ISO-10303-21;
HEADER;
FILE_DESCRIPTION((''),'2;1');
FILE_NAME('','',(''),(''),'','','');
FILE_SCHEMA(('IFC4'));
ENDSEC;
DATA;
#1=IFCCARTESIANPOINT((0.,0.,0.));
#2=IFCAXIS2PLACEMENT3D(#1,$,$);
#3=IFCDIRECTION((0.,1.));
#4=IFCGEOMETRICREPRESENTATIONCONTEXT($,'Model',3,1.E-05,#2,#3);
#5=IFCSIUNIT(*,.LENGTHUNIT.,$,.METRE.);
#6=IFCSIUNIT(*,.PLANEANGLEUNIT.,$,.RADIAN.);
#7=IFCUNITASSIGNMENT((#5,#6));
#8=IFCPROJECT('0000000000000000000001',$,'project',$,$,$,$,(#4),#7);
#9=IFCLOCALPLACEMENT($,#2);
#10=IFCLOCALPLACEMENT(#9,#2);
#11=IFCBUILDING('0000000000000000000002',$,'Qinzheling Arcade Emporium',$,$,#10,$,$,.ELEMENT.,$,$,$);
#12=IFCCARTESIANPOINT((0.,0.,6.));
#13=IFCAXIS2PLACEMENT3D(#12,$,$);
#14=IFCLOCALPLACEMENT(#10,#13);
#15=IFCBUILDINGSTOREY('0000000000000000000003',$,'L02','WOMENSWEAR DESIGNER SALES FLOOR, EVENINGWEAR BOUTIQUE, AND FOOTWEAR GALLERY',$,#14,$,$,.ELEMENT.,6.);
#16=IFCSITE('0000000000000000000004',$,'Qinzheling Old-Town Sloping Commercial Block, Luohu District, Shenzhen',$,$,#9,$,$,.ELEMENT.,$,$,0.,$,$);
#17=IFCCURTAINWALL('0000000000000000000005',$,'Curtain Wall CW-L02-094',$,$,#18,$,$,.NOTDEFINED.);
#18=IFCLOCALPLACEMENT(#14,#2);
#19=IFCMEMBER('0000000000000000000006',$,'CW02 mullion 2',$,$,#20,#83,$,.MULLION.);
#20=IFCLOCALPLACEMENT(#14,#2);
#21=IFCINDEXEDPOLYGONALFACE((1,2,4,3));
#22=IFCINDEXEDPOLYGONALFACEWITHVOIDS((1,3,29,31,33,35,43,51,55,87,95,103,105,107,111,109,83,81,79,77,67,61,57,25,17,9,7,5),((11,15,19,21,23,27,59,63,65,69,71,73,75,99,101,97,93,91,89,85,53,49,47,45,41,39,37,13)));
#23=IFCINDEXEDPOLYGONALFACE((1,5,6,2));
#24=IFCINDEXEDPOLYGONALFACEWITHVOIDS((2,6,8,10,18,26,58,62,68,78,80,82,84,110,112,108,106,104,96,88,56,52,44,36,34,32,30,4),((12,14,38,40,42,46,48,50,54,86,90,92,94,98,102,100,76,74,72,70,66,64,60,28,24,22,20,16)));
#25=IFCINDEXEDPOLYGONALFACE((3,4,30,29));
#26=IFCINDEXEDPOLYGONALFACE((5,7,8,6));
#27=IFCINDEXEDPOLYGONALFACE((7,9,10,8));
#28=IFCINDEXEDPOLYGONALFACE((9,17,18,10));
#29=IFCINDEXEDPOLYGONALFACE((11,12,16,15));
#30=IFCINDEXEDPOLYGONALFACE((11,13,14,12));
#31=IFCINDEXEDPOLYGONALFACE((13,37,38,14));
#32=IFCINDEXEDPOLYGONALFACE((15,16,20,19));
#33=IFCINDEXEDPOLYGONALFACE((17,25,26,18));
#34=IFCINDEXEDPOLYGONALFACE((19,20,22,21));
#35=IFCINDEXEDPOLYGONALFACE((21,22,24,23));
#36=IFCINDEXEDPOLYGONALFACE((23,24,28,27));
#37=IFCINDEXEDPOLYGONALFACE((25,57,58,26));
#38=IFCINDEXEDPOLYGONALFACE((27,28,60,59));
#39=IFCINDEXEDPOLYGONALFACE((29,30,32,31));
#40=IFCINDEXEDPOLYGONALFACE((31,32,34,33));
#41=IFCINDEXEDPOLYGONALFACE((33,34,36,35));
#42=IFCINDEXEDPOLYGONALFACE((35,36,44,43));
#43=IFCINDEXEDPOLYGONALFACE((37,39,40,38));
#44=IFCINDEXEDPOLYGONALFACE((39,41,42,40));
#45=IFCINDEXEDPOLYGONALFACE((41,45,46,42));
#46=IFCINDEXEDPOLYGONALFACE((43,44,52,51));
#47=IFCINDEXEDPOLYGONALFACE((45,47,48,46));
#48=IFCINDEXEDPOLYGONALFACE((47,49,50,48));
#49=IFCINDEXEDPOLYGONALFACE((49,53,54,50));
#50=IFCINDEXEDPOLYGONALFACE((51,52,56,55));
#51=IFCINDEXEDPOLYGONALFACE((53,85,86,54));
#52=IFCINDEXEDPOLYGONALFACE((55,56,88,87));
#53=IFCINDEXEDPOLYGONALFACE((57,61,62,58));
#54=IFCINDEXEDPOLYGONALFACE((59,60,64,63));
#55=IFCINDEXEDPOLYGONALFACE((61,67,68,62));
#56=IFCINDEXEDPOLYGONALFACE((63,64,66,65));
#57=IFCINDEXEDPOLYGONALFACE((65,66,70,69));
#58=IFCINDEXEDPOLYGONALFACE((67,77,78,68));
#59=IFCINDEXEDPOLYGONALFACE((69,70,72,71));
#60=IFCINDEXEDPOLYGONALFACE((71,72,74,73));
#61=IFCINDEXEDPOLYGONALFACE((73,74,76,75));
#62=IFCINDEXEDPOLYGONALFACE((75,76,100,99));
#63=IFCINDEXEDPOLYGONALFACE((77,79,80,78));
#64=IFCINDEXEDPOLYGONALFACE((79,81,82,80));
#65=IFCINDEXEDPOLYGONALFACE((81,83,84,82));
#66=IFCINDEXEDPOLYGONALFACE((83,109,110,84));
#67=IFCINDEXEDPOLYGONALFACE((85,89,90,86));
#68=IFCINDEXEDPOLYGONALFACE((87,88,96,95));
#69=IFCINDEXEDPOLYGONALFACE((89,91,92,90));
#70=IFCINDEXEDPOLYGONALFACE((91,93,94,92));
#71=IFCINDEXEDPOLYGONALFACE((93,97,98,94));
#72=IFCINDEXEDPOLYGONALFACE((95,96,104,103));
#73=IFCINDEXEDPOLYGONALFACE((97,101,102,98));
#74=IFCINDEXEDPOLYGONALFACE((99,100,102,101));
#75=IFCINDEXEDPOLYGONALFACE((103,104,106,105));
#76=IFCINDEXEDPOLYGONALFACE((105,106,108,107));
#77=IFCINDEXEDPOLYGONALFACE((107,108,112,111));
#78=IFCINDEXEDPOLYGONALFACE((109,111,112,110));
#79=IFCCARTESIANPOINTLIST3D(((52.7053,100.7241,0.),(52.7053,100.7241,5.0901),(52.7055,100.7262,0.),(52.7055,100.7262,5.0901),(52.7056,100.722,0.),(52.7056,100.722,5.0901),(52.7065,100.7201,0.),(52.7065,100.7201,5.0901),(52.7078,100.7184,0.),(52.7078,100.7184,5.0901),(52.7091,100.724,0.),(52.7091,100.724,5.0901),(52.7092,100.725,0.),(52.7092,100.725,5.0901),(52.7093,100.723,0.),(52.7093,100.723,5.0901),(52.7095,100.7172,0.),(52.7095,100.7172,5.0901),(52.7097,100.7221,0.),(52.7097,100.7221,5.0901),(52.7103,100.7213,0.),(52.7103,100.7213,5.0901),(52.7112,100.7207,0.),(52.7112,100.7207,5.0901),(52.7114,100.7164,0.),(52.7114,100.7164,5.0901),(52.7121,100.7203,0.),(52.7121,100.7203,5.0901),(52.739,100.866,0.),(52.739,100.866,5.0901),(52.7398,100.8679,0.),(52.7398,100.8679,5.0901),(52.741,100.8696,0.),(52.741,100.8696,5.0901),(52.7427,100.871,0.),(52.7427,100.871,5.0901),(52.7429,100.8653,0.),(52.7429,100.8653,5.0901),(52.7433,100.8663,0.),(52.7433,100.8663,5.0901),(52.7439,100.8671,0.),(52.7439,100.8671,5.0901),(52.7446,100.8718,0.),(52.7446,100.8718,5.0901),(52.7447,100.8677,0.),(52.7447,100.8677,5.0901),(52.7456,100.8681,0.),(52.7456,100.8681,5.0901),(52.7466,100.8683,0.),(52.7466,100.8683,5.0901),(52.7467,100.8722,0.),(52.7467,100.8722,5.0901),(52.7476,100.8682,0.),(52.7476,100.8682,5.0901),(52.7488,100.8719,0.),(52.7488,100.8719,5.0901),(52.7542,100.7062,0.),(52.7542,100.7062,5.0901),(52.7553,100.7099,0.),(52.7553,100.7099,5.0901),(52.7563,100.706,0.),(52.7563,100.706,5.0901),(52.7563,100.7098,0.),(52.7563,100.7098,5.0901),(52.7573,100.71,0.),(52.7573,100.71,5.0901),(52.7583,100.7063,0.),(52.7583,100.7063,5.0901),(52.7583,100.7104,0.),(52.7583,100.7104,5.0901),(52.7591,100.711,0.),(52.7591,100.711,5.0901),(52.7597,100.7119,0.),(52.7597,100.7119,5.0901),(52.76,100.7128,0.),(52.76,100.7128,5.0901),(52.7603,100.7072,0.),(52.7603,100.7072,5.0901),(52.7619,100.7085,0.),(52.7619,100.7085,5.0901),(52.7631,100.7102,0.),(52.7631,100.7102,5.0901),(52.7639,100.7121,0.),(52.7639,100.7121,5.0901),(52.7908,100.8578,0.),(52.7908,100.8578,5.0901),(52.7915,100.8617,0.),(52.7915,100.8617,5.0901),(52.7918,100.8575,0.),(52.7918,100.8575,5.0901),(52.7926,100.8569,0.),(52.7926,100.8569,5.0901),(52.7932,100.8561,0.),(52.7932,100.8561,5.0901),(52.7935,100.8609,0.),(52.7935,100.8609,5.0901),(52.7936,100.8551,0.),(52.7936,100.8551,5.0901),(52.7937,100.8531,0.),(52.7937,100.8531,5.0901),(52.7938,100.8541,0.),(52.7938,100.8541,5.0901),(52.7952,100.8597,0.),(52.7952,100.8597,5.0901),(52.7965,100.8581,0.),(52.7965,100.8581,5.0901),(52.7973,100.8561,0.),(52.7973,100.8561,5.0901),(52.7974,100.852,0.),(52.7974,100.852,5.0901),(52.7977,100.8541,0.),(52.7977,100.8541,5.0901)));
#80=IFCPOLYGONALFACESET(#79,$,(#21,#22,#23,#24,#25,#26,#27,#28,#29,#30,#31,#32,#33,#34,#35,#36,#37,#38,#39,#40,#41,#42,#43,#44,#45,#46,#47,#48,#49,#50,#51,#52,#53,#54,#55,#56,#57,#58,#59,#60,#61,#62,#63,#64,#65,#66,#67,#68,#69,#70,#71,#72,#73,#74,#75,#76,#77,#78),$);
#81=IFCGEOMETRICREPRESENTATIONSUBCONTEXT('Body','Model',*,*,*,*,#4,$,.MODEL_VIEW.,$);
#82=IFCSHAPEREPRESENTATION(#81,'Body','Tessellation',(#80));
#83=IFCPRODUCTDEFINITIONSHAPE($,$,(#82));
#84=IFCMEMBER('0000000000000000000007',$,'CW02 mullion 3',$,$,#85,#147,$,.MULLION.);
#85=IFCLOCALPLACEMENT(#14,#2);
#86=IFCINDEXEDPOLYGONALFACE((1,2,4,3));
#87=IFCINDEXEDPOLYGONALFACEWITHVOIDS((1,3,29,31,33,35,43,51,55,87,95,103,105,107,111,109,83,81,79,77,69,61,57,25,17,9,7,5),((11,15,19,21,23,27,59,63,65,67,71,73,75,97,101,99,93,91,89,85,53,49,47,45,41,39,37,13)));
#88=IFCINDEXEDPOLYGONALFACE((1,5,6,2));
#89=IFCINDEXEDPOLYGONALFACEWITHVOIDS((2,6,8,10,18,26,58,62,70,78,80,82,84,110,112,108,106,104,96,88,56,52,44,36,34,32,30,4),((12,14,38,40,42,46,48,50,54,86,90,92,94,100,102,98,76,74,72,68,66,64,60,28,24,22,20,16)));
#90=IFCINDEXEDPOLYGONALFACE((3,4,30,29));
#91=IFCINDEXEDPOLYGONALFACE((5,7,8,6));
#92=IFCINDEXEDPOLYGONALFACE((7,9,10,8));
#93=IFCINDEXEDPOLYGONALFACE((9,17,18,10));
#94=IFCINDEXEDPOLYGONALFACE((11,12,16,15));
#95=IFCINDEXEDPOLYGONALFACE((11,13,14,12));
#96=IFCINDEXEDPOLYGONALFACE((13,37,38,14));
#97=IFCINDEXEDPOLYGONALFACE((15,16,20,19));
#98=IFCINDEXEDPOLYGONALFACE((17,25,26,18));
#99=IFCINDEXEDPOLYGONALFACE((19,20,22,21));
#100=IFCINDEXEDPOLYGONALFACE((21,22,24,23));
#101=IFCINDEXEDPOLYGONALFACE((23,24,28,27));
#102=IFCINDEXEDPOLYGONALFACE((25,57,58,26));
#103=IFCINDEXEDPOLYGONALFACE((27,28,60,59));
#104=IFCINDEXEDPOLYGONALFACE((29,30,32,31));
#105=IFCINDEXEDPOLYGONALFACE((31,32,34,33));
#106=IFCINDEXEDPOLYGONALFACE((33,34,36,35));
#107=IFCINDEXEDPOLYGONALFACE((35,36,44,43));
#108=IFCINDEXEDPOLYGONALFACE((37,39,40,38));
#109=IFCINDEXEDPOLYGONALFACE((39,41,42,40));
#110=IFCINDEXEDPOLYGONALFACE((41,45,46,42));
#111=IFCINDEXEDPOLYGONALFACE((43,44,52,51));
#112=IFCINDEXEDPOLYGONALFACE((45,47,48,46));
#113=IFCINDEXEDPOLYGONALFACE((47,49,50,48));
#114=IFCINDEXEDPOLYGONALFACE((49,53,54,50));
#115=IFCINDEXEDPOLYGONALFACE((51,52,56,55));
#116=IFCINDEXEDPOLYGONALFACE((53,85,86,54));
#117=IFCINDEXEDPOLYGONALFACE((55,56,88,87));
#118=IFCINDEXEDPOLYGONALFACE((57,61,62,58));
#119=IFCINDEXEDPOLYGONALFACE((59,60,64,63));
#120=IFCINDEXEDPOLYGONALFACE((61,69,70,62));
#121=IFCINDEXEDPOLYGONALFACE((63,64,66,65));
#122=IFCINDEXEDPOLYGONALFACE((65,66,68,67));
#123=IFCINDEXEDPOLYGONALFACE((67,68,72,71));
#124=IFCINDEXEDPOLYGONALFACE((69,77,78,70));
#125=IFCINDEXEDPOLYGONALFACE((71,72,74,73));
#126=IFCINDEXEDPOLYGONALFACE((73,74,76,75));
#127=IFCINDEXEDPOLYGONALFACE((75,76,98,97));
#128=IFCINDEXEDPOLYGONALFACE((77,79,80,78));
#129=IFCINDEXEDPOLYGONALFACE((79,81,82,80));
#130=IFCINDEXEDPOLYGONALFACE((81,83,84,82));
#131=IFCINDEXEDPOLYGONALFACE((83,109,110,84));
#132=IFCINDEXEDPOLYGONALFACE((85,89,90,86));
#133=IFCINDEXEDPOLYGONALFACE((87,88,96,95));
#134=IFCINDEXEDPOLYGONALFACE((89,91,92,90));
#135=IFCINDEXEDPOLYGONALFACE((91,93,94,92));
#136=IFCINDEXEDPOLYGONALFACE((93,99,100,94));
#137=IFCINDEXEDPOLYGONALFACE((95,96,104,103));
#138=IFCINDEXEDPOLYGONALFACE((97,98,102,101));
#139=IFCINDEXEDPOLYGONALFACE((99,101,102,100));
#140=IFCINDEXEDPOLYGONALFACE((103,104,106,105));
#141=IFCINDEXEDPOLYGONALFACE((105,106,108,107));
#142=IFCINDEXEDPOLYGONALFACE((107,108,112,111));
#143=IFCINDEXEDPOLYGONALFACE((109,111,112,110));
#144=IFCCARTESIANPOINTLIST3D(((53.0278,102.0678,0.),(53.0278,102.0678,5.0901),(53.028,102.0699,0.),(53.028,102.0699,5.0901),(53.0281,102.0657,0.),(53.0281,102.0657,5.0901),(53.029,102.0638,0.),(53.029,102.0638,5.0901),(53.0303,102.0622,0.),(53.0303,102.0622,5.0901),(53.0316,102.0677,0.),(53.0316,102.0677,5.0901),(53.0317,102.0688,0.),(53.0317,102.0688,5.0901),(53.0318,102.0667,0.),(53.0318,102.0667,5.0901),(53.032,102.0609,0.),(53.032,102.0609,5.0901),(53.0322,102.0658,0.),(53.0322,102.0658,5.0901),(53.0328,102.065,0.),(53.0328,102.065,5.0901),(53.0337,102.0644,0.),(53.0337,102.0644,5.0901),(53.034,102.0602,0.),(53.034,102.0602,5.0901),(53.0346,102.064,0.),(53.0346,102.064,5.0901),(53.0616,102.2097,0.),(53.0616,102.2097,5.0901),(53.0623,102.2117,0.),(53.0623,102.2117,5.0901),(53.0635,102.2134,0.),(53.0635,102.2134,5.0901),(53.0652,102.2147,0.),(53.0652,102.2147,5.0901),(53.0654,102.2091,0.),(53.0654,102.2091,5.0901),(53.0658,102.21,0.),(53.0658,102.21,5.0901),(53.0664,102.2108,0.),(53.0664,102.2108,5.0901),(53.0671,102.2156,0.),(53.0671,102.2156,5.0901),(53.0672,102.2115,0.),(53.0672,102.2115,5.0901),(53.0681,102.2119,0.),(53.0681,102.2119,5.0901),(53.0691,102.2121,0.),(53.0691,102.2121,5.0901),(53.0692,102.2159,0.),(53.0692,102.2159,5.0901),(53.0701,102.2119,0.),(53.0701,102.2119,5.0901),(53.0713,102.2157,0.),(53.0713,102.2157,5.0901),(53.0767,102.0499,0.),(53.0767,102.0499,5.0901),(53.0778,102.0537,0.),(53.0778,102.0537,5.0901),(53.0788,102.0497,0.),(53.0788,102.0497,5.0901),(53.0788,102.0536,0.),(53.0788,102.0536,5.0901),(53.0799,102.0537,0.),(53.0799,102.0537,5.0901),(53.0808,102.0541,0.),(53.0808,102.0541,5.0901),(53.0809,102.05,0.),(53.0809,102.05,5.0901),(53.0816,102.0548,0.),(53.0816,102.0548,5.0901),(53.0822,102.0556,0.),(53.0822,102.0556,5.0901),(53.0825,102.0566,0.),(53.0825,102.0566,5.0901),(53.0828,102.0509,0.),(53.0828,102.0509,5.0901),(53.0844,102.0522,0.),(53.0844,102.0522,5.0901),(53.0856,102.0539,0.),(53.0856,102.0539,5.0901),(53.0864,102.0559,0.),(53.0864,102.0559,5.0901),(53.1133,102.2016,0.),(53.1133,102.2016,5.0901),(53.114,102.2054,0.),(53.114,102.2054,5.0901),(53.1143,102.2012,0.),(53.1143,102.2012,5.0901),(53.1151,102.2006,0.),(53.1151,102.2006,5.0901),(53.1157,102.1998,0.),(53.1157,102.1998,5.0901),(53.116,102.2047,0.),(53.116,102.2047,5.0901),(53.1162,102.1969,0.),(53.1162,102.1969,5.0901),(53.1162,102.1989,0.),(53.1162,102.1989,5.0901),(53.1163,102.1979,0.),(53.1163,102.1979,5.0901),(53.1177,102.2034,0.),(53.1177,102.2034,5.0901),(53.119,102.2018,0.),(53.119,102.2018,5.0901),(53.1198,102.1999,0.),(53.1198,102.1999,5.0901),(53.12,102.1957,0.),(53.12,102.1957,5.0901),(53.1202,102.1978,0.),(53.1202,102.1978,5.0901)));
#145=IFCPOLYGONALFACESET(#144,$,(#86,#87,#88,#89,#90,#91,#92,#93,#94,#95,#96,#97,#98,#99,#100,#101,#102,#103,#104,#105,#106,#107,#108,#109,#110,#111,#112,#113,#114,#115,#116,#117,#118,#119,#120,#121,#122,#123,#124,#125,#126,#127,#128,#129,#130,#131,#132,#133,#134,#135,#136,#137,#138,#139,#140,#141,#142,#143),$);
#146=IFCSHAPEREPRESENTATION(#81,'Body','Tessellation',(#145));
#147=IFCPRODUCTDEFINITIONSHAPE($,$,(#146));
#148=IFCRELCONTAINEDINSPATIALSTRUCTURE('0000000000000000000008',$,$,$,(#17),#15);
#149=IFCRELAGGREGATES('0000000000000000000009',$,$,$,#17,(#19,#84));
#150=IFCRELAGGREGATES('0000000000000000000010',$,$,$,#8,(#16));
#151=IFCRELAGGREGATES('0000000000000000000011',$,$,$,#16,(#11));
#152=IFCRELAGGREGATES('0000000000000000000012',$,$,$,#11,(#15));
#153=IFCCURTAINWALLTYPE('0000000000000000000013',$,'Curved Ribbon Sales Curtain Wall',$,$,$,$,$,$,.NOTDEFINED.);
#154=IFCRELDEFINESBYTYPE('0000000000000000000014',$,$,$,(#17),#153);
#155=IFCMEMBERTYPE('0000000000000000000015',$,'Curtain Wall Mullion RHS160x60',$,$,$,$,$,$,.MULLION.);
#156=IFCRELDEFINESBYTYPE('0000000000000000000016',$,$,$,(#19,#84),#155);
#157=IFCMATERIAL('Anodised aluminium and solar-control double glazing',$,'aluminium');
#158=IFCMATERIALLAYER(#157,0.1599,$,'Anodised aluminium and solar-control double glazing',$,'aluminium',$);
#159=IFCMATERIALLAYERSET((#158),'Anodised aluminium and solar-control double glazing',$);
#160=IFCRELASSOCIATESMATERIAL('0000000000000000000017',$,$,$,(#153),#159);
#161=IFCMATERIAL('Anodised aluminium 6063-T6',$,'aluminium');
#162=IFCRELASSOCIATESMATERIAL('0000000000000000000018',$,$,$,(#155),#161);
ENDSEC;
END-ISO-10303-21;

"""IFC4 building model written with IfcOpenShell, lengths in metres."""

from ifc_helpers import new_model, si_unit, direction, frame, origin, origin_2d, place, context, subcontext, project, spatial, hollow_rectangle, extrude, material, layer, layer_set, material_profile, profile_set, type_object, element, aggregate, save


model = new_model("IFC4")

# Units and contexts
model_context = context("Model", 3, precision=1e-05, world=origin(), true_north=direction((0.0, 1.0)))
body_context = subcontext(model_context, "Body", "Model", "MODEL_VIEW")
ifc_project = project(units=[si_unit("LENGTHUNIT", "METRE"), si_unit("PLANEANGLEUNIT", "RADIAN")], contexts=[model_context])

# Site, building, storey
site_placement = place(None, origin())
site = spatial("IfcSite", under=ifc_project, at=site_placement, Name="Qinzheling Old-Town Sloping Commercial Block, Luohu District, Shenzhen", CompositionType="ELEMENT", RefElevation=0.0)
building_placement = place(site_placement, origin())
building = spatial("IfcBuilding", under=site, at=building_placement, Name="Qinzheling Arcade Emporium", CompositionType="ELEMENT")
storey_placement = place(building_placement, frame((0.0, 0.0, 6.0)))
storey = spatial("IfcBuildingStorey", under=building, at=storey_placement, Name="L02", Description="WOMENSWEAR DESIGNER SALES FLOOR, EVENINGWEAR BOUTIQUE, AND FOOTWEAR GALLERY", CompositionType="ELEMENT", Elevation=6.0)

# Curtain wall, members
ifc_material_1 = material(Name="Anodised aluminium and solar-control double glazing", Category="aluminium")
ifc_layer_1 = layer(ifc_material_1, 0.1599, Name="Anodised aluminium and solar-control double glazing", Category="aluminium")
ifc_layer_set_1 = layer_set([ifc_layer_1], Name="Anodised aluminium and solar-control double glazing")
curtain_wall_type = type_object("IfcCurtainWallType", Name="Curved Ribbon Sales Curtain Wall", PredefinedType="NOTDEFINED", material=ifc_layer_set_1)
curtain_wall_1_placement = place(storey_placement, origin())
curtain_wall_1 = element("IfcCurtainWall", 1, at=curtain_wall_1_placement, inside=storey, type_object=curtain_wall_type, Name="Curtain Wall CW-L02-094", PredefinedType="NOTDEFINED")
ifc_material_2 = material(Name="Anodised aluminium 6063-T6", Category="aluminium")
ifc_material_profile_1 = material_profile(ifc_material_2, hollow_rectangle(XDim=0.0601, YDim=0.1599, WallThickness=0.0039, InnerFilletRadius=0.0039, OuterFilletRadius=0.0081, at=origin_2d()), Name="RHS 160x60x4", Category="aluminium")
ifc_profile_set_1 = profile_set([ifc_material_profile_1], Name="Anodised aluminium 6063-T6")
member_type_1 = type_object("IfcMemberType", Name="Curtain Wall Mullion RHS160x60", PredefinedType="MULLION", material=ifc_profile_set_1)
member_1_placement = place(storey_placement, frame((52.7515, 100.7891, 0.0), z_axis=(0.0, 0.0, 1.0), x_axis=(-0.972391, 0.23336, 0.0)))
member_1 = element("IfcMember", 2, at=member_1_placement, type_object=member_type_1, Name="CW02 mullion 2", PredefinedType="MULLION", context=body_context, shape_type="SweptSolid", body=[
    extrude(hollow_rectangle(XDim=0.0601, YDim=0.1599, WallThickness=0.0039, InnerFilletRadius=0.0039, OuterFilletRadius=0.0081, at=origin_2d()), origin(), (0.0, 0.0, 1.0), 5.0901),
])
member_2_placement = place(storey_placement, frame((53.074, 102.1328, 0.0), z_axis=(0.0, 0.0, 1.0), x_axis=(-0.972391, 0.23336, 0.0)))
member_2 = element("IfcMember", 3, at=member_2_placement, type_object=member_type_1, Name="CW02 mullion 3", PredefinedType="MULLION", context=body_context, shape_type="SweptSolid", body=[
    extrude(hollow_rectangle(XDim=0.0601, YDim=0.1599, WallThickness=0.0039, InnerFilletRadius=0.0039, OuterFilletRadius=0.0081, at=origin_2d()), origin(), (0.0, 0.0, 1.0), 5.0901),
])

aggregate(curtain_wall_1, [member_1, member_2])

save(model, "model.ifc")
